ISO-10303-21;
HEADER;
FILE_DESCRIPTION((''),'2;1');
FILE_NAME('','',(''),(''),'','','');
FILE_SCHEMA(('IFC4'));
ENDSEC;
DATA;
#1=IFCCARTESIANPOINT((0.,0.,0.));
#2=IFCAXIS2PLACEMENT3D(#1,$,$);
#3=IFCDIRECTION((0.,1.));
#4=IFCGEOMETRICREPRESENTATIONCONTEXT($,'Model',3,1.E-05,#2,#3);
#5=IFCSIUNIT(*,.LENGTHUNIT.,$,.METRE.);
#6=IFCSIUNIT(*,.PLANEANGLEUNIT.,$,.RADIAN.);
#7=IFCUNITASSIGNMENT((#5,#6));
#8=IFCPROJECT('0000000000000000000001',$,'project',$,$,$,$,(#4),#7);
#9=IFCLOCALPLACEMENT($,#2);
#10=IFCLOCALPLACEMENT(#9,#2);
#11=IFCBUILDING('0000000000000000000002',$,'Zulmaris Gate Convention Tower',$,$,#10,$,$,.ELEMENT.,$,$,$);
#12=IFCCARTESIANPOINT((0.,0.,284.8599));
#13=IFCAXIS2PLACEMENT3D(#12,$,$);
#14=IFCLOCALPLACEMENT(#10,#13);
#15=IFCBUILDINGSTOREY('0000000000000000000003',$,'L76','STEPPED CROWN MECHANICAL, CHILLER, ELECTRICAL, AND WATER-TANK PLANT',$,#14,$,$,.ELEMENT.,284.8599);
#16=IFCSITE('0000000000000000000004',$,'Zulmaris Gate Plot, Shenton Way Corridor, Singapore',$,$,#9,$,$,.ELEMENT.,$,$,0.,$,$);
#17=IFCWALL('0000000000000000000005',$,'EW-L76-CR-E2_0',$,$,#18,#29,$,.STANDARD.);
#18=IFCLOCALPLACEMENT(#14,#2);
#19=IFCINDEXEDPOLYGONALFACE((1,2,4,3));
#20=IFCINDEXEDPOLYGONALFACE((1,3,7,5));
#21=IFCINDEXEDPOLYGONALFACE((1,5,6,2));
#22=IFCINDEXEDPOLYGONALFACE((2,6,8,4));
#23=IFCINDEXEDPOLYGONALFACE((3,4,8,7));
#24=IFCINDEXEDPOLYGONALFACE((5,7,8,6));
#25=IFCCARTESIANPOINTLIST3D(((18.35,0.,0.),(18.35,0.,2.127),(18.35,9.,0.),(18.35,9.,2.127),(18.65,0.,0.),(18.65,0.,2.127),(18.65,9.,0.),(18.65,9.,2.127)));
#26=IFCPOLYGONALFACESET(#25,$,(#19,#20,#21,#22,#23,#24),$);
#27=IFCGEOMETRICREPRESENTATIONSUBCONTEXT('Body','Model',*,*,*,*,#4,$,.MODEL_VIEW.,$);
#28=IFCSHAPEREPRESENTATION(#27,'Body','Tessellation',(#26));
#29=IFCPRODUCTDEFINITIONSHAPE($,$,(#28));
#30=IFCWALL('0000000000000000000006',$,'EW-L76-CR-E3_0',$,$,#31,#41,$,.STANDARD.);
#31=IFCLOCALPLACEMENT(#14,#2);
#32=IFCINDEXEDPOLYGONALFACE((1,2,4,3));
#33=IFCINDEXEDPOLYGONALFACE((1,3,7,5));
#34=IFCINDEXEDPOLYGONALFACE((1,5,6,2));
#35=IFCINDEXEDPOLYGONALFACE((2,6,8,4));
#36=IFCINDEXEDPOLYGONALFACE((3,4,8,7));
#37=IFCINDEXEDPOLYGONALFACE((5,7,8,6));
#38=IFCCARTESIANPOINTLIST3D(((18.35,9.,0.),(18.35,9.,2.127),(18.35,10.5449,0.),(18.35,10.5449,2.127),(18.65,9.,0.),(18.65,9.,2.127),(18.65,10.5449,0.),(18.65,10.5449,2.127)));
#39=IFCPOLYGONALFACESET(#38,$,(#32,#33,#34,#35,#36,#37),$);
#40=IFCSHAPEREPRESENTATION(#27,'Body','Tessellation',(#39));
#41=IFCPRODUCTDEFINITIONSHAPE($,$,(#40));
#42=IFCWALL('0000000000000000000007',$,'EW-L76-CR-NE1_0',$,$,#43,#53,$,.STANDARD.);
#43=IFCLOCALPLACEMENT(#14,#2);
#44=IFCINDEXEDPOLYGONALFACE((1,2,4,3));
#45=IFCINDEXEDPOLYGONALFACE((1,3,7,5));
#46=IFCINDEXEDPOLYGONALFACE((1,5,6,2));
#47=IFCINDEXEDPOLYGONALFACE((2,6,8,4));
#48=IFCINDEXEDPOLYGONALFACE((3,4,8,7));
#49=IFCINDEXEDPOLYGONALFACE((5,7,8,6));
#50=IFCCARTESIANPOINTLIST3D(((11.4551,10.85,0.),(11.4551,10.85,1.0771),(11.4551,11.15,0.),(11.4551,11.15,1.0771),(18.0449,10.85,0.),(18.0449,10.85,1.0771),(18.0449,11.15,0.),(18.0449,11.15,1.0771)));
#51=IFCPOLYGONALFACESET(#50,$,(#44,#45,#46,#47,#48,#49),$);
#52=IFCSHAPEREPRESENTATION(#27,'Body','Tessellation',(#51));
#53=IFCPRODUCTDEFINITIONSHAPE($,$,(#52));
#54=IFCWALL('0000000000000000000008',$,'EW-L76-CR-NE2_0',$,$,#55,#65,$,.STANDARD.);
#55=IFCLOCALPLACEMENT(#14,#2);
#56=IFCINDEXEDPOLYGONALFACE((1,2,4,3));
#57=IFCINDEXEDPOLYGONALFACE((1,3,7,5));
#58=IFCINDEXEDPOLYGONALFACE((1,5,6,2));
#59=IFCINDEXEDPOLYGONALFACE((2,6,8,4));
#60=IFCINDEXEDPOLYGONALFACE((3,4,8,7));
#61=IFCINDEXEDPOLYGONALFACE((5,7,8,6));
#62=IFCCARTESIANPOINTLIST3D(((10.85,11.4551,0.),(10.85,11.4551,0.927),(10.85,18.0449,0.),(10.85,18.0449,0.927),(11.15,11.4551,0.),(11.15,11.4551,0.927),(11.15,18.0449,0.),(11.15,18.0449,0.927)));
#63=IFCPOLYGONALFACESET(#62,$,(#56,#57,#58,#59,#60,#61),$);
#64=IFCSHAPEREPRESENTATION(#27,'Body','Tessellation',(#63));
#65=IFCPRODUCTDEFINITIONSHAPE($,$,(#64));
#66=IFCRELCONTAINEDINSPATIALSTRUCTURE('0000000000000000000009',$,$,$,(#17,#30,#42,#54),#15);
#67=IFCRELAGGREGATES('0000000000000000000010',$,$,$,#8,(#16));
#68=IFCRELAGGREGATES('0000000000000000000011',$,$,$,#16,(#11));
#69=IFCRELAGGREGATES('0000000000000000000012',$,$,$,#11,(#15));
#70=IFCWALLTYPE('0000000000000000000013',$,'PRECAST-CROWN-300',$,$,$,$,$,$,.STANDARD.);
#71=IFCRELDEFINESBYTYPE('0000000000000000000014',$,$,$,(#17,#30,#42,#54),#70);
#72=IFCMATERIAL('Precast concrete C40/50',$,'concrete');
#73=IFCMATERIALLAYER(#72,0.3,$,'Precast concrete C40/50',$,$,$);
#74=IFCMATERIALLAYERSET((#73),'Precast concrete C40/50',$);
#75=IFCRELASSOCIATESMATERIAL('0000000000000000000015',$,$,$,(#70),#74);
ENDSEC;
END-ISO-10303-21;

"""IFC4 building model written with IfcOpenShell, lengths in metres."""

from ifc_helpers import new_model, si_unit, direction, frame, frame_2d, origin, place, context, subcontext, project, spatial, rectangle, extrude, material, layer, layer_set, type_object, element, save


model = new_model("IFC4")

# Units and contexts
model_context = context("Model", 3, precision=1e-05, world=origin(), true_north=direction((0.0, 1.0)))
body_context = subcontext(model_context, "Body", "Model", "MODEL_VIEW")
ifc_project = project(units=[si_unit("LENGTHUNIT", "METRE"), si_unit("PLANEANGLEUNIT", "RADIAN")], contexts=[model_context])

# Site, building, storey
site_placement = place(None, origin())
site = spatial("IfcSite", under=ifc_project, at=site_placement, Name="Zulmaris Gate Plot, Shenton Way Corridor, Singapore", CompositionType="ELEMENT", RefElevation=0.0)
building_placement = place(site_placement, origin())
building = spatial("IfcBuilding", under=site, at=building_placement, Name="Zulmaris Gate Convention Tower", CompositionType="ELEMENT")
storey_placement = place(building_placement, frame((0.0, 0.0, 284.8599)))
storey = spatial("IfcBuildingStorey", under=building, at=storey_placement, Name="L76", Description="STEPPED CROWN MECHANICAL, CHILLER, ELECTRICAL, AND WATER-TANK PLANT", CompositionType="ELEMENT", Elevation=284.8599)

# Walls
ifc_material_1 = material(Name="Precast concrete C40/50", Category="concrete")
ifc_layer_1 = layer(ifc_material_1, 0.3, Name="Precast concrete C40/50")
ifc_layer_set_1 = layer_set([ifc_layer_1], Name="Precast concrete C40/50")
wall_type_1 = type_object("IfcWallType", Name="PRECAST-CROWN-300", PredefinedType="STANDARD", material=ifc_layer_set_1)
wall_1_placement = place(storey_placement, frame((18.5, 0.0, 0.0), z_axis=(0.0, 0.0, 1.0), x_axis=(0.0, 1.0, 0.0)))
element("IfcWall", 1, at=wall_1_placement, inside=storey, type_object=wall_type_1, Name="EW-L76-CR-E2_0", PredefinedType="STANDARD", context=body_context, shape_type="SweptSolid", body=[
    extrude(rectangle(XDim=9.0, YDim=0.3, at=frame_2d((4.5, 0.0))), origin(), (0.0, 0.0, 1.0), 2.127),
])
wall_2_placement = place(storey_placement, frame((18.5, 9.0, 0.0), z_axis=(0.0, 0.0, 1.0), x_axis=(0.0, 1.0, 0.0)))
element("IfcWall", 2, at=wall_2_placement, inside=storey, type_object=wall_type_1, Name="EW-L76-CR-E3_0", PredefinedType="STANDARD", context=body_context, shape_type="SweptSolid", body=[
    extrude(rectangle(XDim=1.5449, YDim=0.3, at=frame_2d((0.7725, 0.0))), origin(), (0.0, 0.0, 1.0), 2.127),
])
wall_3_placement = place(storey_placement, frame((18.0449, 11.0, 0.0), z_axis=(0.0, 0.0, 1.0), x_axis=(-1.0, 0.0, 0.0)))
element("IfcWall", 3, at=wall_3_placement, inside=storey, type_object=wall_type_1, Name="EW-L76-CR-NE1_0", PredefinedType="STANDARD", context=body_context, shape_type="SweptSolid", body=[
    extrude(rectangle(XDim=6.5898, YDim=0.3, at=frame_2d((3.2949, 0.0))), origin(), (0.0, 0.0, 1.0), 1.0771),
])
wall_4_placement = place(storey_placement, frame((11.0, 11.4551, 0.0), z_axis=(0.0, 0.0, 1.0), x_axis=(0.0, 1.0, 0.0)))
element("IfcWall", 4, at=wall_4_placement, inside=storey, type_object=wall_type_1, Name="EW-L76-CR-NE2_0", PredefinedType="STANDARD", context=body_context, shape_type="SweptSolid", body=[
    extrude(rectangle(XDim=6.5898, YDim=0.3, at=frame_2d((3.2949, 0.0))), origin(), (0.0, 0.0, 1.0), 0.927),
])

save(model, "model.ifc")
